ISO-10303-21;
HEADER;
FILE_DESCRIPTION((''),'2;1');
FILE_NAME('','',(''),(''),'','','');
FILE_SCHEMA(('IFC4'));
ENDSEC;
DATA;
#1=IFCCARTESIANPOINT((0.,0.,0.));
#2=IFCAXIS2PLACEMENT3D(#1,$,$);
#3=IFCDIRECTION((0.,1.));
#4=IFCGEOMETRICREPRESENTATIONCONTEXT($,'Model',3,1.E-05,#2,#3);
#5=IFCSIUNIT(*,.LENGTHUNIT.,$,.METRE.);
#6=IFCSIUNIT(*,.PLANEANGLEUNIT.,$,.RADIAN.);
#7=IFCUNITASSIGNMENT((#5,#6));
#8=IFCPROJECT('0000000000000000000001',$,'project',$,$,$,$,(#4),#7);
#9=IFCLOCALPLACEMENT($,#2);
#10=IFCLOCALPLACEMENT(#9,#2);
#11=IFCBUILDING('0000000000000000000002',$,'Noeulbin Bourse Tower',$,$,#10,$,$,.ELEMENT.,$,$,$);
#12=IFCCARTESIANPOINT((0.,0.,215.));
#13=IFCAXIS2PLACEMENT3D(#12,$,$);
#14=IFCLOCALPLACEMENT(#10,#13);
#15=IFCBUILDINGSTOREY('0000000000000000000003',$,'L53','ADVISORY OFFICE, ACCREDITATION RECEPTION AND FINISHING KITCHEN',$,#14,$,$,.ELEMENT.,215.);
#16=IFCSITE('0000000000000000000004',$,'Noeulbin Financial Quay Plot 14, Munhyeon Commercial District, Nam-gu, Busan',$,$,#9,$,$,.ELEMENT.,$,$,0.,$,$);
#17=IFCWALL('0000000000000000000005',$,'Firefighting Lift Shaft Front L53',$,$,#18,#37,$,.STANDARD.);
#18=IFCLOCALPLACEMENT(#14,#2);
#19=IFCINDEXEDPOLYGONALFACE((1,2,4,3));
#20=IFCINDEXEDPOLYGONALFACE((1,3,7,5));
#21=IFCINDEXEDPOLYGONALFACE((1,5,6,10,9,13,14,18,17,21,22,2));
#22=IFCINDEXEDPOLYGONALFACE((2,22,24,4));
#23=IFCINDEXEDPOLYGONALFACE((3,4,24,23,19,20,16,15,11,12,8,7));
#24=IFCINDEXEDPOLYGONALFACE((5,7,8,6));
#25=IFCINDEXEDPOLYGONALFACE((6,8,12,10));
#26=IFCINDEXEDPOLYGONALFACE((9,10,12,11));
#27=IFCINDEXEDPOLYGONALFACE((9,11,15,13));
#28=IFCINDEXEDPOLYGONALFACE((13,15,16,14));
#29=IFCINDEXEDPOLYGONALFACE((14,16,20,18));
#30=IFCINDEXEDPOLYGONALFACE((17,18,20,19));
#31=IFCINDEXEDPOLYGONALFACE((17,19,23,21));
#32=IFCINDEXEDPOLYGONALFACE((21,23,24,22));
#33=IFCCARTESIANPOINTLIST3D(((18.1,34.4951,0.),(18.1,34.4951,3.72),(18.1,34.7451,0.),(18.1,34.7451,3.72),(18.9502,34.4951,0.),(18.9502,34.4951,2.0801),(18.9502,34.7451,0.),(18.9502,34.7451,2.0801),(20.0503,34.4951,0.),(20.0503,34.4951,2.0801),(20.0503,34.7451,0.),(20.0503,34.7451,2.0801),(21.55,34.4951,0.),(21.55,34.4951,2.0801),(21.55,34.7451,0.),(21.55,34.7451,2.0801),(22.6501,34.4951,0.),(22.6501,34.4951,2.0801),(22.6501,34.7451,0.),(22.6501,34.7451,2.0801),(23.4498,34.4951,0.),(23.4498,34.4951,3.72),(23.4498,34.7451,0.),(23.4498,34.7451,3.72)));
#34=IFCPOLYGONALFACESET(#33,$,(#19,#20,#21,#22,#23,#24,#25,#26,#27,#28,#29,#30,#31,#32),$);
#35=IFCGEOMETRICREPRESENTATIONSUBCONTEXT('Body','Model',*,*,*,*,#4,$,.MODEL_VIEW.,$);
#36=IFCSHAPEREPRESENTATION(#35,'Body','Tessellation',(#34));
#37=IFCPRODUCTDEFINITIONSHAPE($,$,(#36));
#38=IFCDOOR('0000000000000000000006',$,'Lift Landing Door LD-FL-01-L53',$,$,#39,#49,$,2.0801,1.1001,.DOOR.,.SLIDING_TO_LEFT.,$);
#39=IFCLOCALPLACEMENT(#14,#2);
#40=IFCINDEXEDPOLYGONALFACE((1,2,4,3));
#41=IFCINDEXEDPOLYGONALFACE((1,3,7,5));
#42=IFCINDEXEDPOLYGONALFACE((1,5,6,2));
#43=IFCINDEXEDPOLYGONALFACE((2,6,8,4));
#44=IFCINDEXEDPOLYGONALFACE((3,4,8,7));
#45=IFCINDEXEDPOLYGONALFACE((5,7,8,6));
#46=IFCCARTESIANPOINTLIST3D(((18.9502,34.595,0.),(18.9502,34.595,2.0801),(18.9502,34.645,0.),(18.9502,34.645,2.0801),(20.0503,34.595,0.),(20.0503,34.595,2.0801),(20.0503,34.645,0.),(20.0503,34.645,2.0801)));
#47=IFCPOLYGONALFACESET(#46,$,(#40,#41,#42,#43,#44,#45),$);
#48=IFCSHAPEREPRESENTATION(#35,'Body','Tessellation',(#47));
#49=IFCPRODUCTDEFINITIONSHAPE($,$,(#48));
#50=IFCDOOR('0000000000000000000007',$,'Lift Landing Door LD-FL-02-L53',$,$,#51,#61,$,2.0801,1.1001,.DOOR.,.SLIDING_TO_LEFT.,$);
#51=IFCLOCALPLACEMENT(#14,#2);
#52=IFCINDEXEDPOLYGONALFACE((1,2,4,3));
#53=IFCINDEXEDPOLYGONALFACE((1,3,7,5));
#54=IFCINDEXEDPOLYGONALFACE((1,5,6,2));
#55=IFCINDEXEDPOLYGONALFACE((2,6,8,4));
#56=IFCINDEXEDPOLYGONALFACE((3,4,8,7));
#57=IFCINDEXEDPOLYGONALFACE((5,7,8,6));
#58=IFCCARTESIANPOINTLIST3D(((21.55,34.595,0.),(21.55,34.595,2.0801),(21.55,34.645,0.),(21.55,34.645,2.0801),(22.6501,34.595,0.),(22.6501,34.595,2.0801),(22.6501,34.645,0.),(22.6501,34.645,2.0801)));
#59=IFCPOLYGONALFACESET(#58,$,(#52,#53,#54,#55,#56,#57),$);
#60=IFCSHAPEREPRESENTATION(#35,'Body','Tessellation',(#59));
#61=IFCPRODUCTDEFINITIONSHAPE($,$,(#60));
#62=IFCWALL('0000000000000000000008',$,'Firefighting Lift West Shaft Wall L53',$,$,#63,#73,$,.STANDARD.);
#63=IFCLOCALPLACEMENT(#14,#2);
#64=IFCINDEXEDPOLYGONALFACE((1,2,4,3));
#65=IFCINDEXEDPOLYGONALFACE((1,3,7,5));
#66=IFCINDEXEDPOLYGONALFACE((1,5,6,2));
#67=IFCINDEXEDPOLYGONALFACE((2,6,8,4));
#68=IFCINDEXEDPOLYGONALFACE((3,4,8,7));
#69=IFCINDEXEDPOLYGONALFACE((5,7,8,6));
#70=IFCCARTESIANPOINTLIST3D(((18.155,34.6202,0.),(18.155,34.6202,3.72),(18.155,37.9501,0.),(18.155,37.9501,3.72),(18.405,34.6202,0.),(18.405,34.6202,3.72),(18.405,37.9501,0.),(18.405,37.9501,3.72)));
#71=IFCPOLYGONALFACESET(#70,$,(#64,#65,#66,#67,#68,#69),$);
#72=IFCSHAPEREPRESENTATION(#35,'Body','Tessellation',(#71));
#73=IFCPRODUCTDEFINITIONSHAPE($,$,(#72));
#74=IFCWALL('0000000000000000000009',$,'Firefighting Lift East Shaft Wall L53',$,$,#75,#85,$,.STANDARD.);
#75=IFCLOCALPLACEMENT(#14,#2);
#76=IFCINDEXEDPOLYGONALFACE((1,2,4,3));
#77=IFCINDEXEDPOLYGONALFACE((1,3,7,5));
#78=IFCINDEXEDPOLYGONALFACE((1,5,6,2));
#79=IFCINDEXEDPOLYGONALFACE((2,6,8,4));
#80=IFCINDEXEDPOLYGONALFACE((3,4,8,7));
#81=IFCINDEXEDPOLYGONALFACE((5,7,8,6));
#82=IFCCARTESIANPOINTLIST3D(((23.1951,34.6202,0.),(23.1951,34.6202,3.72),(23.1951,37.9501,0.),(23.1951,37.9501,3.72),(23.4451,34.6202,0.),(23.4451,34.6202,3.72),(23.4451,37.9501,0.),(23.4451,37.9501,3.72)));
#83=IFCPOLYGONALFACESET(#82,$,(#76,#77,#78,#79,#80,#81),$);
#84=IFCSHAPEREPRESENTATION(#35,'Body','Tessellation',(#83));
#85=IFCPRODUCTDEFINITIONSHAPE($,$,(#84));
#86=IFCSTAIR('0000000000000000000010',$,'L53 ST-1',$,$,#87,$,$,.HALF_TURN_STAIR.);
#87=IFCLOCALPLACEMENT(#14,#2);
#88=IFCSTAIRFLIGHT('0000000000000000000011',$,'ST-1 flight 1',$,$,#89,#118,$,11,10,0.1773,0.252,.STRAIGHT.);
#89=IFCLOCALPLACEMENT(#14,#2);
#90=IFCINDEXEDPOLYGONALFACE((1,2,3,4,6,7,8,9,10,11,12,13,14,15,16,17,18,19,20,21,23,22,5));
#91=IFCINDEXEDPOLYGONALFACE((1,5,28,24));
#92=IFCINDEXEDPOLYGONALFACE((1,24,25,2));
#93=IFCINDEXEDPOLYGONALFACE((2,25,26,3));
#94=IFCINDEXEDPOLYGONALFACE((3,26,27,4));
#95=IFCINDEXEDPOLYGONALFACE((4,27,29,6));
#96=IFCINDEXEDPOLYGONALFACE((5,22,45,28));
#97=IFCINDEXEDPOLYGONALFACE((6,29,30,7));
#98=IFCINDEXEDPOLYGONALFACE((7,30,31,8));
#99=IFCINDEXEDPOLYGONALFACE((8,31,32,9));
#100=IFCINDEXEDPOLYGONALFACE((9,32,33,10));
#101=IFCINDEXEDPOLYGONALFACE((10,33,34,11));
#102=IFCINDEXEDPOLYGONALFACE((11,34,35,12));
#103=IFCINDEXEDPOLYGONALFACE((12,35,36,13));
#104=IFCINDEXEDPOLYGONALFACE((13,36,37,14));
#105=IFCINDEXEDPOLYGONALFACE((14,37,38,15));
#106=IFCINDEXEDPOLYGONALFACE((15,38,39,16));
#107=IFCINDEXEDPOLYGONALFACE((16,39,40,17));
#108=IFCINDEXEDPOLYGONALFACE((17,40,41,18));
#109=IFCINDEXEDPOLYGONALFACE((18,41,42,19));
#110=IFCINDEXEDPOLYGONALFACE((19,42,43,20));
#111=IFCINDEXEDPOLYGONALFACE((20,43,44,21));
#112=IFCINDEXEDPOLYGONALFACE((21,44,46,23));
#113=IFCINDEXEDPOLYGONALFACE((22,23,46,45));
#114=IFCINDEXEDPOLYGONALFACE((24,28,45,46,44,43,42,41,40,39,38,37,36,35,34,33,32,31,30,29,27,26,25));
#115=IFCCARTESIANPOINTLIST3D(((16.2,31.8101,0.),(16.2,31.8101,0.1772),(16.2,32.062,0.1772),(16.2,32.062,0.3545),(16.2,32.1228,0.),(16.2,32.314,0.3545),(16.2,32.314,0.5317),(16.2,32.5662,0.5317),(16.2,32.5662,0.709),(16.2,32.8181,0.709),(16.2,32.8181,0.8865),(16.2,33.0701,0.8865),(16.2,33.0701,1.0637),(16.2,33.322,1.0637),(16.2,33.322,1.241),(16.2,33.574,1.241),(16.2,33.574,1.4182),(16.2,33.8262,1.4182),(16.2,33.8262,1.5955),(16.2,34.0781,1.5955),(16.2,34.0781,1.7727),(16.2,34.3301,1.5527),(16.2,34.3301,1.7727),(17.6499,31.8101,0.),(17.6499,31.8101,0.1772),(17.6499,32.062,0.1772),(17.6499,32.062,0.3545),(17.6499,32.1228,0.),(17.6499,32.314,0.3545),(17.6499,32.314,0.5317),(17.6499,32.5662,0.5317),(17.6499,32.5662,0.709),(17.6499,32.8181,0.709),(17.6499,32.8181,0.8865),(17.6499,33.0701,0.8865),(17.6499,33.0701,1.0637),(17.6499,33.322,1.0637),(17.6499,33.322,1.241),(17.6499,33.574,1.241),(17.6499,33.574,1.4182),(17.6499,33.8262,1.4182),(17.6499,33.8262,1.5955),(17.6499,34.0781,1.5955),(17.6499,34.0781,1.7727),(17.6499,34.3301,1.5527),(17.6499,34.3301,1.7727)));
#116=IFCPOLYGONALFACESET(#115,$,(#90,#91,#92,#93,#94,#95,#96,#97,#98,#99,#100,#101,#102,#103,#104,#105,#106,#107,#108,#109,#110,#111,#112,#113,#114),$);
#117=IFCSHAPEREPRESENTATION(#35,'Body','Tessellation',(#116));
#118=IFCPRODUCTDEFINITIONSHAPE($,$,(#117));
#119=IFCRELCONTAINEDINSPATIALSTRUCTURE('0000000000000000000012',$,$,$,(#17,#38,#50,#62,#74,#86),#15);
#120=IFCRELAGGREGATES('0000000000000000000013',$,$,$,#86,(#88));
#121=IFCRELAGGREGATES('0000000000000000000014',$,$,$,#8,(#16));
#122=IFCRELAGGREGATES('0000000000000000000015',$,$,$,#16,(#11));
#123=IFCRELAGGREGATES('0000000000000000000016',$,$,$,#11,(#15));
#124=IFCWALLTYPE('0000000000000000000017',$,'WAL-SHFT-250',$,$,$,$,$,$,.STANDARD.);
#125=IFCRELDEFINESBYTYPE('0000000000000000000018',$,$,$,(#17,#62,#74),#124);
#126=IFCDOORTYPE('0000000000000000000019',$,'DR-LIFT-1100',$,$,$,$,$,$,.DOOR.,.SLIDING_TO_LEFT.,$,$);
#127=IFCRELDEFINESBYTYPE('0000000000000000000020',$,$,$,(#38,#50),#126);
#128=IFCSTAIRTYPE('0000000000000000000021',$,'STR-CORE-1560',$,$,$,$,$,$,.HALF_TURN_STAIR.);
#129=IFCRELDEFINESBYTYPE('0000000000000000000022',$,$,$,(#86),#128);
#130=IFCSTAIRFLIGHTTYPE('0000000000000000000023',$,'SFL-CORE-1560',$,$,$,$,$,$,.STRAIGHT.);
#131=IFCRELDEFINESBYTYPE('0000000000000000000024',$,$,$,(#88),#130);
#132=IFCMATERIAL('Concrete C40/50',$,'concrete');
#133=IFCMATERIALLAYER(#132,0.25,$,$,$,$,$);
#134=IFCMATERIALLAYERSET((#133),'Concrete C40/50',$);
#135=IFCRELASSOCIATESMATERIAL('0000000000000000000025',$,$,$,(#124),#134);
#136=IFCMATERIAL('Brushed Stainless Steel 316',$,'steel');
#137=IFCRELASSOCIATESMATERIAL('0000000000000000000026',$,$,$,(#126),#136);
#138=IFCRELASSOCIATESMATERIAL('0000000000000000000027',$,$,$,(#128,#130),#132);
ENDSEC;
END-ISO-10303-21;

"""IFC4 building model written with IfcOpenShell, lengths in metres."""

from ifc_helpers import new_model, si_unit, direction, frame, frame_2d, origin, place, context, subcontext, project, spatial, polyline, rectangle, outline, extrude, material, layer, layer_set, type_object, element, fill, aggregate, save


model = new_model("IFC4")

# Units and contexts
model_context = context("Model", 3, precision=1e-05, world=origin(), true_north=direction((0.0, 1.0)))
body_context = subcontext(model_context, "Body", "Model", "MODEL_VIEW")
ifc_project = project(units=[si_unit("LENGTHUNIT", "METRE"), si_unit("PLANEANGLEUNIT", "RADIAN")], contexts=[model_context])

# Site, building, storey
site_placement = place(None, origin())
site = spatial("IfcSite", under=ifc_project, at=site_placement, Name="Noeulbin Financial Quay Plot 14, Munhyeon Commercial District, Nam-gu, Busan", CompositionType="ELEMENT", RefElevation=0.0)
building_placement = place(site_placement, origin())
building = spatial("IfcBuilding", under=site, at=building_placement, Name="Noeulbin Bourse Tower", CompositionType="ELEMENT")
storey_placement = place(building_placement, frame((0.0, 0.0, 215.0)))
storey = spatial("IfcBuildingStorey", under=building, at=storey_placement, Name="L53", Description="ADVISORY OFFICE, ACCREDITATION RECEPTION AND FINISHING KITCHEN", CompositionType="ELEMENT", Elevation=215.0)

# Shared definitions
ifc_material_1 = material(Name="Concrete C40/50", Category="concrete")

# Shared definitions
ifc_layer_1 = layer(ifc_material_1, 0.25)
ifc_layer_set_1 = layer_set([ifc_layer_1], Name="Concrete C40/50")
wall_type_1 = type_object("IfcWallType", Name="WAL-SHFT-250", PredefinedType="STANDARD", material=ifc_layer_set_1)

# Wall, openings, doors
wall_1_placement = place(storey_placement, frame((18.1001, 34.6201, 0.0), z_axis=(0.0, 0.0, 1.0), x_axis=(1.0, 0.0, 0.0)))
wall_1 = element("IfcWall", 1, at=wall_1_placement, inside=storey, type_object=wall_type_1, Name="Firefighting Lift Shaft Front L53", PredefinedType="STANDARD", context=body_context, shape_type="SweptSolid", body=[
    extrude(rectangle(XDim=5.3499, YDim=0.25, at=frame_2d((2.6748, 0.0))), origin(), (0.0, 0.0, 1.0), 3.72),
])
opening_1_placement = place(wall_1_placement, frame((0.8501, 0.0, 0.0)))
opening_1 = element("IfcOpeningElement", 2, at=opening_1_placement, cuts=wall_1, PredefinedType="OPENING", context=body_context, shape_type="SweptSolid", body=[
    extrude(rectangle(XDim=1.1001, YDim=2.0801, at=frame_2d((0.55, 1.04))), frame((0.0, 0.135, 0.0), z_axis=(0.0, -1.0, 0.0), x_axis=(1.0, 0.0, 0.0)), (0.0, 0.0, 1.0), 0.27),
])
opening_2_placement = place(wall_1_placement, frame((3.45, 0.0, 0.0)))
opening_2 = element("IfcOpeningElement", 3, at=opening_2_placement, cuts=wall_1, PredefinedType="OPENING", context=body_context, shape_type="SweptSolid", body=[
    extrude(rectangle(XDim=1.1001, YDim=2.0801, at=frame_2d((0.55, 1.04))), frame((0.0, 0.135, 0.0), z_axis=(0.0, -1.0, 0.0), x_axis=(1.0, 0.0, 0.0)), (0.0, 0.0, 1.0), 0.27),
])
ifc_material_2 = material(Name="Brushed Stainless Steel 316", Category="steel")
door_type_1 = type_object("IfcDoorType", Name="DR-LIFT-1100", OperationType="SLIDING_TO_LEFT", PredefinedType="DOOR", material=ifc_material_2)
door_1_placement = place(opening_1_placement, origin())
door_1 = element("IfcDoor", 4, at=door_1_placement, inside=storey, type_object=door_type_1, Name="Lift Landing Door LD-FL-01-L53", OperationType="SLIDING_TO_LEFT", OverallHeight=2.0801, OverallWidth=1.1001, PredefinedType="DOOR", context=body_context, shape_type="SweptSolid", body=[
    extrude(rectangle(XDim=1.1001, YDim=2.0801, at=frame_2d((0.55, 1.04))), frame((0.0, 0.0249, 0.0), z_axis=(0.0, -1.0, 0.0), x_axis=(1.0, 0.0, 0.0)), (0.0, 0.0, 1.0), 0.05),
])
fill(opening_1, door_1)
door_2_placement = place(opening_2_placement, origin())
door_2 = element("IfcDoor", 5, at=door_2_placement, inside=storey, type_object=door_type_1, Name="Lift Landing Door LD-FL-02-L53", OperationType="SLIDING_TO_LEFT", OverallHeight=2.0801, OverallWidth=1.1001, PredefinedType="DOOR", context=body_context, shape_type="SweptSolid", body=[
    extrude(rectangle(XDim=1.1001, YDim=2.0801, at=frame_2d((0.55, 1.04))), frame((0.0, 0.0249, 0.0), z_axis=(0.0, -1.0, 0.0), x_axis=(1.0, 0.0, 0.0)), (0.0, 0.0, 1.0), 0.05),
])
fill(opening_2, door_2)

# Walls
for number, where, z_axis, x_axis, name in (
    (6, (18.28, 34.6201, 0.0), (0.0, 0.0, 1.0), (0.0, 1.0, 0.0), "Firefighting Lift West Shaft Wall L53"),
    (7, (23.3201, 34.6201, 0.0), (0.0, 0.0, 1.0), (0.0, 1.0, 0.0), "Firefighting Lift East Shaft Wall L53"),
):
    element("IfcWall", number, at=place(storey_placement, frame(where, z_axis=z_axis, x_axis=x_axis)), inside=storey, type_object=wall_type_1, Name=name, PredefinedType="STANDARD", context=body_context, shape_type="SweptSolid", body=[
        extrude(rectangle(XDim=3.3298, YDim=0.25, at=frame_2d((1.665, 0.0))), origin(), (0.0, 0.0, 1.0), 3.72),
    ])

# Stair, stair flight
stair_type = type_object("IfcStairType", Name="STR-CORE-1560", PredefinedType="HALF_TURN_STAIR", material=ifc_material_1)
stair_placement = place(storey_placement, origin())
stair = element("IfcStair", 8, at=stair_placement, inside=storey, type_object=stair_type, Name="L53 ST-1", PredefinedType="HALF_TURN_STAIR")
stair_flight_type = type_object("IfcStairFlightType", Name="SFL-CORE-1560", PredefinedType="STRAIGHT", material=ifc_material_1)
stair_flight_placement = place(storey_placement, frame((16.925, 31.8101, 0.0), z_axis=(0.0, 0.0, 1.0), x_axis=(0.0, 1.0, 0.0)))
stair_flight = element("IfcStairFlight", 9, at=stair_flight_placement, type_object=stair_flight_type, Name="ST-1 flight 1", NumberOfRisers=11, NumberOfTreads=10, PredefinedType="STRAIGHT", RiserHeight=0.1773, TreadLength=0.252, context=body_context, shape_type="SweptSolid", body=[
    extrude(outline(polyline([(0.0, 0.0), (0.0, 0.1772), (0.252, 0.1772), (0.252, 0.3545), (0.5039, 0.3545), (0.5039, 0.5317), (0.7561, 0.5317), (0.7561, 0.709), (1.0081, 0.709), (1.0081, 0.8865), (1.26, 0.8865), (1.26, 1.0637), (1.512, 1.0637), (1.512, 1.241), (1.7639, 1.241), (1.7639, 1.4182), (2.0161, 1.4182), (2.0161, 1.5955), (2.2681, 1.5955), (2.2681, 1.7727), (2.52, 1.7727), (2.52, 1.95), (2.52, 1.5527), (0.3127, 0.0), (0.0, 0.0)])), frame((0.0, 0.7251, 0.0), z_axis=(0.0, -1.0, 0.0), x_axis=(1.0, 0.0, 0.0)), (0.0, 0.0, 1.0), 1.45),
])
aggregate(stair, [stair_flight])

save(model, "model.ifc")
